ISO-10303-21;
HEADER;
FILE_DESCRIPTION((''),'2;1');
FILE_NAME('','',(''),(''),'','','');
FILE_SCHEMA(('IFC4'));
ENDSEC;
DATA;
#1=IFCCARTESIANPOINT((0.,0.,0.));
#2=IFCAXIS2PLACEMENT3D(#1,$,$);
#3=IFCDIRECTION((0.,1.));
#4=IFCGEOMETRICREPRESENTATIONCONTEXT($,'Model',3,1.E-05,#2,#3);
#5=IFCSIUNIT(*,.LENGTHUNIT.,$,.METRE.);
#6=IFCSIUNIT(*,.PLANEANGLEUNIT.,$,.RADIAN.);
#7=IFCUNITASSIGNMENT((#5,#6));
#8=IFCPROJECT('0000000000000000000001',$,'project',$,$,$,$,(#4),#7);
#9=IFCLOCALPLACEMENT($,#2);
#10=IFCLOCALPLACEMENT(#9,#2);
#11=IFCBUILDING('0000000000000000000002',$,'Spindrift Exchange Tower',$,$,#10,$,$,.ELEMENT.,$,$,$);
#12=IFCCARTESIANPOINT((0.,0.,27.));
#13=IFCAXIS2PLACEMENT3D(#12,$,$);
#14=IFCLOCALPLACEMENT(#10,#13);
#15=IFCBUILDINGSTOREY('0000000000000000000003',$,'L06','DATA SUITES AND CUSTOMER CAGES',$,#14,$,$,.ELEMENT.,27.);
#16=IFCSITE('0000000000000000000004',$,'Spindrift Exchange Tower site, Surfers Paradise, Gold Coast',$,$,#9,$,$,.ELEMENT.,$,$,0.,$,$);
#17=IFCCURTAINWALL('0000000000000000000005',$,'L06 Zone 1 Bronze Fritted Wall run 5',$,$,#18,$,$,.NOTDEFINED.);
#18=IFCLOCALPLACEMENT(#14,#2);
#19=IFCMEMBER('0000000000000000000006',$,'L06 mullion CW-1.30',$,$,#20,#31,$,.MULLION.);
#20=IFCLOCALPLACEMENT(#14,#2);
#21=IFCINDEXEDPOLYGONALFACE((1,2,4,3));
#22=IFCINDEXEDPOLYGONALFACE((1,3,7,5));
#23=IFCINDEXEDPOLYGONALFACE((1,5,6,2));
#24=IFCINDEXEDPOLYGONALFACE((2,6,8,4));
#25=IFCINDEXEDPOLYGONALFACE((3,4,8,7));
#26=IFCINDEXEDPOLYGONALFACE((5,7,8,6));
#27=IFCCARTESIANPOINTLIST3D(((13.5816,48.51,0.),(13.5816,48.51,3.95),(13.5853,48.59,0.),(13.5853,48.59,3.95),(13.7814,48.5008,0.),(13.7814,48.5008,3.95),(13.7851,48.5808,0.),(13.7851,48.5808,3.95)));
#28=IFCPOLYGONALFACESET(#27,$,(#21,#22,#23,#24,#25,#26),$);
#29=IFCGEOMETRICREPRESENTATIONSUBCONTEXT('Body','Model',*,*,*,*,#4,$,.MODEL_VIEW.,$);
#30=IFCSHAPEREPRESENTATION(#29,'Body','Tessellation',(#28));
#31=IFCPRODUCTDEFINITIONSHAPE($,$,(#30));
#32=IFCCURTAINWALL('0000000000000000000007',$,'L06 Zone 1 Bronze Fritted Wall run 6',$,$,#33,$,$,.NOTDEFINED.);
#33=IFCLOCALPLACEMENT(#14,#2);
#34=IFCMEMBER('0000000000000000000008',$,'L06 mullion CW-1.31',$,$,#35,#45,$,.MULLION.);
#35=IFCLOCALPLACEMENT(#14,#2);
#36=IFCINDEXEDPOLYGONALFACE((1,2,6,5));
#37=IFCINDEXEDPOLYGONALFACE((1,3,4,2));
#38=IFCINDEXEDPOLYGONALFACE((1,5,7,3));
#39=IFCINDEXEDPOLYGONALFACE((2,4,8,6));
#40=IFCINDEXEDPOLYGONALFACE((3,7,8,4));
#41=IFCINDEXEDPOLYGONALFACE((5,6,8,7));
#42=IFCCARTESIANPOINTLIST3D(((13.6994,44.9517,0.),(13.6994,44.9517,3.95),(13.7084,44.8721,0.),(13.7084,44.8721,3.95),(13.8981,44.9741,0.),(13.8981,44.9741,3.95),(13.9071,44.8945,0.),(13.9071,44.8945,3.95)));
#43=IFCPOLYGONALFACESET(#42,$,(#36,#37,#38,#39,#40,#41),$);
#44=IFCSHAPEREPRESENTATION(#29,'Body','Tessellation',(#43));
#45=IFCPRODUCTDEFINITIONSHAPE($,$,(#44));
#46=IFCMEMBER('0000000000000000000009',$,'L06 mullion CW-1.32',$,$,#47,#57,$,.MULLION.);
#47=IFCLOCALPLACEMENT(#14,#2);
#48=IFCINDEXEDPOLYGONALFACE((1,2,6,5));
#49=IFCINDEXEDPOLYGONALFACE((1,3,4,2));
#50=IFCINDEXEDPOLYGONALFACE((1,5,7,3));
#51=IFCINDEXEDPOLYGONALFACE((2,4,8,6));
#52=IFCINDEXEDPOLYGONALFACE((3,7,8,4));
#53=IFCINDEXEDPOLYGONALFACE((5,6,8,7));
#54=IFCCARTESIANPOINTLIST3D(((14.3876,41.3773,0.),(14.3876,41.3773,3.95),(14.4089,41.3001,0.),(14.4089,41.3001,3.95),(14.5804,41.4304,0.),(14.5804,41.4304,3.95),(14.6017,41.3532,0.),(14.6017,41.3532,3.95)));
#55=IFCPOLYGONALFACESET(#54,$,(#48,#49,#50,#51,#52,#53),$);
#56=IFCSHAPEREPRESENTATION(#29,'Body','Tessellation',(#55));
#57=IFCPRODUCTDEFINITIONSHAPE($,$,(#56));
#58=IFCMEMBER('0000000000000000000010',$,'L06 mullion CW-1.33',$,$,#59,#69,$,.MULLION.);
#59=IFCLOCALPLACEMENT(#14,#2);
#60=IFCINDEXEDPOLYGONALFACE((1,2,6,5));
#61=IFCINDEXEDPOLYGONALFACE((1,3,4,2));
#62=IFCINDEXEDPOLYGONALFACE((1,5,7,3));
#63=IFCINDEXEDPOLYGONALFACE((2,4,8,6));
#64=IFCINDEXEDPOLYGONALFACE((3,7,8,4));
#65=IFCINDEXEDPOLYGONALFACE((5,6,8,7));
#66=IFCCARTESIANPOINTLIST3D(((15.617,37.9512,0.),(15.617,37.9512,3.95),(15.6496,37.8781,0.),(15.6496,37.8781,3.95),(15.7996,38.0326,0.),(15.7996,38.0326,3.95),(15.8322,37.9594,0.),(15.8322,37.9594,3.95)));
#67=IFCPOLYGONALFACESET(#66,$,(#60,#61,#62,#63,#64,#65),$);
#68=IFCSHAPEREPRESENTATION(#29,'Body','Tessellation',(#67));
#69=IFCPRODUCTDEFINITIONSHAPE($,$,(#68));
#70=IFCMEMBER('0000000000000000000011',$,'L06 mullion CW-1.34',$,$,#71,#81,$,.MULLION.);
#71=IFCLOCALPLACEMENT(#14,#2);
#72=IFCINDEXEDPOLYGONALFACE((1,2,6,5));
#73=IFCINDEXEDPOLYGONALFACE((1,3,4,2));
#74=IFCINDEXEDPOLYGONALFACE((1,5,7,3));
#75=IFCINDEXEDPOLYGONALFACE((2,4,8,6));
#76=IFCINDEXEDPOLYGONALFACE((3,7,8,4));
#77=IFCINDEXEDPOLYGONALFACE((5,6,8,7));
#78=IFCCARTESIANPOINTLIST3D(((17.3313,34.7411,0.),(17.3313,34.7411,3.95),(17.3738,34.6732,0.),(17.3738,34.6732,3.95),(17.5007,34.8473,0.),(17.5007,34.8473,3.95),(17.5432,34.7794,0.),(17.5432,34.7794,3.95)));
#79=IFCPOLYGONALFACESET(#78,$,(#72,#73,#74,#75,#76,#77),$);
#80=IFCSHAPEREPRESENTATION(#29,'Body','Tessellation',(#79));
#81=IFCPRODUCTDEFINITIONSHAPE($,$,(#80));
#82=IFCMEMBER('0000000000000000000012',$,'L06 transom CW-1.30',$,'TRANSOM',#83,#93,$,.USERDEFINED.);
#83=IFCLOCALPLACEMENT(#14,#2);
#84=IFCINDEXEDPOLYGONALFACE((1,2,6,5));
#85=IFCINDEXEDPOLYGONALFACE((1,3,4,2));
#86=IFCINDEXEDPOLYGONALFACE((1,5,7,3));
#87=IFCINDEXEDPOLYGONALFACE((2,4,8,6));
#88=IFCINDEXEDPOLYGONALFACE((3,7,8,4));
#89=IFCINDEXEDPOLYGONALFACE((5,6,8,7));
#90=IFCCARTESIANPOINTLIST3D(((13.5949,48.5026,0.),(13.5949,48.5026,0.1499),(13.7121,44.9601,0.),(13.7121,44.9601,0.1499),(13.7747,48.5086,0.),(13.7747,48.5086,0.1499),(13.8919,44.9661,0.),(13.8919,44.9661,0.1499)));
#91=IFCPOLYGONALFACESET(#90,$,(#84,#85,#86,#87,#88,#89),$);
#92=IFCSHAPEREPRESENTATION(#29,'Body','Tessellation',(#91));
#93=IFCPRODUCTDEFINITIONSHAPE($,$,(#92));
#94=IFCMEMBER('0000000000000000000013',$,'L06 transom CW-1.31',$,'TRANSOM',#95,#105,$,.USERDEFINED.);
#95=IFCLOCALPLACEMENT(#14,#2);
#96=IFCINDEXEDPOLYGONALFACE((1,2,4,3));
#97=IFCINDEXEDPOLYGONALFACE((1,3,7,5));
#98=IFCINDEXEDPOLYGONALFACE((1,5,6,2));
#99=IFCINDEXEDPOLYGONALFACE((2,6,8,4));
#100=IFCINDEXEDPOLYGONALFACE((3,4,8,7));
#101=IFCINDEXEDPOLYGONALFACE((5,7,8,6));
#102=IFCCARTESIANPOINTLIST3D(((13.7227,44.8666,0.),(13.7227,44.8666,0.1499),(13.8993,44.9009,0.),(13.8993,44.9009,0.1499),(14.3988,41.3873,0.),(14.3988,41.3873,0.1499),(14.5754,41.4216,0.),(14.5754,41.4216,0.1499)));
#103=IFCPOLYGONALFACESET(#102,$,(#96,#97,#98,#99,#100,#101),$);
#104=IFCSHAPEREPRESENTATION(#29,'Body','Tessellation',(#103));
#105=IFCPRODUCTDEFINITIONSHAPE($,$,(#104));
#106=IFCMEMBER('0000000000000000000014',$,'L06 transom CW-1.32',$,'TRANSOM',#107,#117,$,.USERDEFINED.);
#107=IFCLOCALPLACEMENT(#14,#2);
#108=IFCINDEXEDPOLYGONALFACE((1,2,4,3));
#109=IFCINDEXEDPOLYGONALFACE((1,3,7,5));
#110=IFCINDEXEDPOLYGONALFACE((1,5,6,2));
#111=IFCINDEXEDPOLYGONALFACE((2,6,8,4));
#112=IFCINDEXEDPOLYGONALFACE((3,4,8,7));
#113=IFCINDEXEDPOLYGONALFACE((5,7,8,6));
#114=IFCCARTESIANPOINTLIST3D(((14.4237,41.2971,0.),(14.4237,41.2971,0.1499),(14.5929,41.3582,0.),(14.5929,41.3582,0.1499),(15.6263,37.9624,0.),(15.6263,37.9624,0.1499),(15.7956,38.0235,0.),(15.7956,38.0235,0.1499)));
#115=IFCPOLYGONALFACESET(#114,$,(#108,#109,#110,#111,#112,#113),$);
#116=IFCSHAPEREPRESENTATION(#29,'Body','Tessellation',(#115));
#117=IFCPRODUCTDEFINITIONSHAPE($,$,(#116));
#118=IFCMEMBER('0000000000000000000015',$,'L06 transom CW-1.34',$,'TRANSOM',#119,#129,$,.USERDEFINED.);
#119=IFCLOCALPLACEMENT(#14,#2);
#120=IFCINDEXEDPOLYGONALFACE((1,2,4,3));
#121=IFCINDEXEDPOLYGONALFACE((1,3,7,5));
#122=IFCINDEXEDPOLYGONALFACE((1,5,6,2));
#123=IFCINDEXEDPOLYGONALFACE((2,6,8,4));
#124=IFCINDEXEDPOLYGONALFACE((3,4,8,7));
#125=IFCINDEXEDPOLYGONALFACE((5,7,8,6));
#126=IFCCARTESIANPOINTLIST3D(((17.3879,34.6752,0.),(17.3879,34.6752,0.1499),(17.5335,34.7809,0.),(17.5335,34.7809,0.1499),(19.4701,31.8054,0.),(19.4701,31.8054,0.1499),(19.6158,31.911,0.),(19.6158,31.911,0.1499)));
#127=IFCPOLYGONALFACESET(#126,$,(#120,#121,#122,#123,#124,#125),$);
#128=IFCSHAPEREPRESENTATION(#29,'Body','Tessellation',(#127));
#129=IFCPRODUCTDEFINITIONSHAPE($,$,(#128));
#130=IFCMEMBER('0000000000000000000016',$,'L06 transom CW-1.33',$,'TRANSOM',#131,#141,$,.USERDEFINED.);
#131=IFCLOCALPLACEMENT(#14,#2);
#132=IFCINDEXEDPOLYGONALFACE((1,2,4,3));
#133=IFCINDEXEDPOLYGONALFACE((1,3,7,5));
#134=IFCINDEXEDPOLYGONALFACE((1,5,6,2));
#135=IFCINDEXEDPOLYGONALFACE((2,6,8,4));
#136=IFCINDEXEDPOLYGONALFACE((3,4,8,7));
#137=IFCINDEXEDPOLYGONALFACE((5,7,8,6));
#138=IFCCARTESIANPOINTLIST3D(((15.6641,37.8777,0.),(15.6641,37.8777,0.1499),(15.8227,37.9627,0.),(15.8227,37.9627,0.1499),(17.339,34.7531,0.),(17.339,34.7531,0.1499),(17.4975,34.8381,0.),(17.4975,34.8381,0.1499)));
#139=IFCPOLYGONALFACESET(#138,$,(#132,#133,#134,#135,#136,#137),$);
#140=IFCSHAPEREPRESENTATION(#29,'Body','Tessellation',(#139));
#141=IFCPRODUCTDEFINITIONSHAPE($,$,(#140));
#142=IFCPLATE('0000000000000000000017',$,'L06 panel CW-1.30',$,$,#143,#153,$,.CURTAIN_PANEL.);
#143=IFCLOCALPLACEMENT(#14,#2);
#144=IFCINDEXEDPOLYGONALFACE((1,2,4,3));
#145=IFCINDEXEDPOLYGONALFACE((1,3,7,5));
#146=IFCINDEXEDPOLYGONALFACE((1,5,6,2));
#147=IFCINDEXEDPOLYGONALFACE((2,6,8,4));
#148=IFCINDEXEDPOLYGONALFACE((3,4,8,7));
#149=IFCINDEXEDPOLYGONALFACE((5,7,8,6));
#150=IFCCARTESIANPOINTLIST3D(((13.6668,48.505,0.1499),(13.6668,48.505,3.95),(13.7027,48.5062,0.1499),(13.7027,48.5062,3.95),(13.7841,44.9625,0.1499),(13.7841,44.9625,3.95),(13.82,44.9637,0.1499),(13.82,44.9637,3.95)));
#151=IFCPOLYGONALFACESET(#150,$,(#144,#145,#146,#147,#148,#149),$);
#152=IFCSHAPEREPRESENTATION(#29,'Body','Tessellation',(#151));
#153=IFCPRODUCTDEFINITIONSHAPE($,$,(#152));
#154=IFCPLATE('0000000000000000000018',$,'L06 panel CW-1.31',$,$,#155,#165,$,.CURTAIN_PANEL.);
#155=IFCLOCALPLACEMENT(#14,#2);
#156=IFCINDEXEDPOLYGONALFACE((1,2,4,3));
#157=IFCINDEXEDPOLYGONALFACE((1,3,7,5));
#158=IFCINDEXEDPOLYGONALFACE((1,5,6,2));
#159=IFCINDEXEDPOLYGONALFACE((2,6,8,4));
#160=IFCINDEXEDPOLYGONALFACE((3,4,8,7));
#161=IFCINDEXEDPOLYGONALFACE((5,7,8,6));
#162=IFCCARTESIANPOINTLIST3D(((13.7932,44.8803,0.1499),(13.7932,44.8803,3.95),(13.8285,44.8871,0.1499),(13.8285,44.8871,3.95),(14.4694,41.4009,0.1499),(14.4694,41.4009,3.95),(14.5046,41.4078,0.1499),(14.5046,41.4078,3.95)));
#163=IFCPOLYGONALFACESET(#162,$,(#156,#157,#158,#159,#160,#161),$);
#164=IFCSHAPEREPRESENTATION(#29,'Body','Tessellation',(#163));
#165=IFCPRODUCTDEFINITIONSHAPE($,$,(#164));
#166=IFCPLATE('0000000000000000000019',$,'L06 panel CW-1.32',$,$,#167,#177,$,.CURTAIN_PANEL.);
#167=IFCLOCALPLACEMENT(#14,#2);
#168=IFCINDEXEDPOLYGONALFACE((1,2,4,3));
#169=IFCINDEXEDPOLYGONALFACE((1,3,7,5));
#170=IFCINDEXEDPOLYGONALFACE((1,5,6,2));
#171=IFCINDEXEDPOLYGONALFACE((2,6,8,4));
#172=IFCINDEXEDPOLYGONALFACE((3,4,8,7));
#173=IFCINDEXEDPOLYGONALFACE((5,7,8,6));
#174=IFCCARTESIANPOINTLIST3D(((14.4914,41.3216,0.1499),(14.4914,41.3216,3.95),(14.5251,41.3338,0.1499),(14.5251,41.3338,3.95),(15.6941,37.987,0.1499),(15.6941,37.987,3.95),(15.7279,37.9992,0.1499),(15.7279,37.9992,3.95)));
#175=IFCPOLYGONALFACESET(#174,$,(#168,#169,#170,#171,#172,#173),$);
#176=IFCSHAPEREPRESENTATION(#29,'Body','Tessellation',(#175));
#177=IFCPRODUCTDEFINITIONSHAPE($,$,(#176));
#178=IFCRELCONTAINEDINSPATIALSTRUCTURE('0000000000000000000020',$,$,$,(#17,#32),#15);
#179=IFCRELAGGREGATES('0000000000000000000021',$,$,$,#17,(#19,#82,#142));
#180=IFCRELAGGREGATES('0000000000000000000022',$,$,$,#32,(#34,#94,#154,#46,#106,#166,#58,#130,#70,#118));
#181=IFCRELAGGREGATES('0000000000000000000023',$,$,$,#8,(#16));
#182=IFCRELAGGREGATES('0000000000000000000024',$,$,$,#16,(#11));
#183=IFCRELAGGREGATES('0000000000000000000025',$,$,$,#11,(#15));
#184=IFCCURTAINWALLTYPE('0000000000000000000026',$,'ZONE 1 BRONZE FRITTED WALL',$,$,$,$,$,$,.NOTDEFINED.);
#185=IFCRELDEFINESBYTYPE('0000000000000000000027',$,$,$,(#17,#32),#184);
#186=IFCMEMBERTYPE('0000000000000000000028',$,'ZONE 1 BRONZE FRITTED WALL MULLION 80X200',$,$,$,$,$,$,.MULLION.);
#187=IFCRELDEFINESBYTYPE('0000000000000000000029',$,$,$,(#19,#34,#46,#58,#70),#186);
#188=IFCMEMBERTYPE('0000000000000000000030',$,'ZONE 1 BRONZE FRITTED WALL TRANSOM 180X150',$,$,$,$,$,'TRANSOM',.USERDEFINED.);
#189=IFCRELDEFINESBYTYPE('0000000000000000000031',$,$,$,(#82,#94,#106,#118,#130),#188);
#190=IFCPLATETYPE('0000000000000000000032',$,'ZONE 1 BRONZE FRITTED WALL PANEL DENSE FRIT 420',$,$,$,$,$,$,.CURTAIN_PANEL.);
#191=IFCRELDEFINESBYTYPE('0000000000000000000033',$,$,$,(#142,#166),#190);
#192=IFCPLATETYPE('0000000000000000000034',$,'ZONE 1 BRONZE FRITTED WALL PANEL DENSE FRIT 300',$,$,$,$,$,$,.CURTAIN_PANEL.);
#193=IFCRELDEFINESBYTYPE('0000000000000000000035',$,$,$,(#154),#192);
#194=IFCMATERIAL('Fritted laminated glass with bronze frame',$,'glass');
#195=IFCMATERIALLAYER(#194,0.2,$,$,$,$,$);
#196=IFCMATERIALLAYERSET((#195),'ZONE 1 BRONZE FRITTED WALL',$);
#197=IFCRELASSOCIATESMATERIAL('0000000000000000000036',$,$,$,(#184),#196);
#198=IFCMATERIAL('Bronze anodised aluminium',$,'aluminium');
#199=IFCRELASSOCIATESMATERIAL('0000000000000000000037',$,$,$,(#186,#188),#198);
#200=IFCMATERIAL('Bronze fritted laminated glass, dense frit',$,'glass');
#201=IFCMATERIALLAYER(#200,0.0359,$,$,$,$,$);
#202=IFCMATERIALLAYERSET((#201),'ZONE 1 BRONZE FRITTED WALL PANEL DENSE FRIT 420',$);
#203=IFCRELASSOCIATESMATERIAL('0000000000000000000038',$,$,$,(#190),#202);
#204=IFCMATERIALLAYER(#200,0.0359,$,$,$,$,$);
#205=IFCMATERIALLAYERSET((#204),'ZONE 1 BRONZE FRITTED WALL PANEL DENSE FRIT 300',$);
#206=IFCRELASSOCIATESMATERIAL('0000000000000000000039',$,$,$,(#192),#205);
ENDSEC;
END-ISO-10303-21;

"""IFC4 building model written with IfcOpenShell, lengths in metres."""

from ifc_helpers import new_model, si_unit, direction, frame, origin, origin_2d, place, context, subcontext, project, spatial, rectangle, extrude, source, transform, mapped, material, layer, layer_set, material_profile, profile_set, type_object, element, aggregate, save


model = new_model("IFC4")

# Units and contexts
model_context = context("Model", 3, precision=1e-05, world=origin(), true_north=direction((0.0, 1.0)))
body_context = subcontext(model_context, "Body", "Model", "MODEL_VIEW")
ifc_project = project(units=[si_unit("LENGTHUNIT", "METRE"), si_unit("PLANEANGLEUNIT", "RADIAN")], contexts=[model_context])

# Site, building, storey
site_placement = place(None, origin())
site = spatial("IfcSite", under=ifc_project, at=site_placement, Name="Spindrift Exchange Tower site, Surfers Paradise, Gold Coast", CompositionType="ELEMENT", RefElevation=0.0)
building_placement = place(site_placement, origin())
building = spatial("IfcBuilding", under=site, at=building_placement, Name="Spindrift Exchange Tower", CompositionType="ELEMENT")
storey_placement = place(building_placement, frame((0.0, 0.0, 27.0)))
storey = spatial("IfcBuildingStorey", under=building, at=storey_placement, Name="L06", Description="DATA SUITES AND CUSTOMER CAGES", CompositionType="ELEMENT", Elevation=27.0)

# Curtain wall, member
ifc_material_1 = material(Name="Fritted laminated glass with bronze frame", Category="glass")
ifc_layer_1 = layer(ifc_material_1, 0.2)
ifc_layer_set_1 = layer_set([ifc_layer_1], Name="ZONE 1 BRONZE FRITTED WALL")
curtain_wall_type = type_object("IfcCurtainWallType", Name="ZONE 1 BRONZE FRITTED WALL", PredefinedType="NOTDEFINED", material=ifc_layer_set_1)
curtain_wall_1_placement = place(storey_placement, origin())
curtain_wall_1 = element("IfcCurtainWall", 1, at=curtain_wall_1_placement, inside=storey, type_object=curtain_wall_type, Name="L06 Zone 1 Bronze Fritted Wall run 5", PredefinedType="NOTDEFINED")
ifc_material_2 = material(Name="Bronze anodised aluminium", Category="aluminium")
ifc_material_profile_1 = material_profile(ifc_material_2, rectangle(XDim=0.0801, YDim=0.2, at=origin_2d()), Name="ZONE 1 BRONZE FRITTED WALL MULLION 80X200")
ifc_profile_set_1 = profile_set([ifc_material_profile_1], Name="Bronze anodised aluminium")
member_type_1 = type_object("IfcMemberType", Name="ZONE 1 BRONZE FRITTED WALL MULLION 80X200", PredefinedType="MULLION", material=ifc_profile_set_1)
shared_shape_1 = source(origin(), body_context, "Body", "SweptSolid", [
    extrude(rectangle(XDim=0.0801, YDim=0.2, at=origin_2d()), origin(), (0.0, 0.0, 1.0), 3.95),
])
member_1_placement = place(storey_placement, frame((13.6833, 48.5454, 0.0), z_axis=(0.0, 0.0, 1.0), x_axis=(-0.046346, -0.998925, 0.0)))
member_1 = element("IfcMember", 2, at=member_1_placement, type_object=member_type_1, Name="L06 mullion CW-1.30", PredefinedType="MULLION", context=body_context, shape_type="MappedRepresentation", body=[
    mapped(shared_shape_1, transform((0.0, 0.0, 0.0), scale=1.0)),
])

# Curtain wall, members
curtain_wall_2_placement = place(storey_placement, origin())
curtain_wall_2 = element("IfcCurtainWall", 3, at=curtain_wall_2_placement, inside=storey, type_object=curtain_wall_type, Name="L06 Zone 1 Bronze Fritted Wall run 6", PredefinedType="NOTDEFINED")
member_2_placement = place(storey_placement, frame((13.8032, 44.9231, 0.0), z_axis=(0.0, 0.0, 1.0), x_axis=(0.112274, -0.993677, 0.0)))
member_2 = element("IfcMember", 4, at=member_2_placement, type_object=member_type_1, Name="L06 mullion CW-1.31", PredefinedType="MULLION", context=body_context, shape_type="MappedRepresentation", body=[
    mapped(shared_shape_1, transform((0.0, 0.0, 0.0), scale=1.0)),
])
member_3_placement = place(storey_placement, frame((14.4946, 41.3652, 0.0), z_axis=(0.0, 0.0, 1.0), x_axis=(0.265807, -0.964026, 0.0)))
member_3 = element("IfcMember", 5, at=member_3_placement, type_object=member_type_1, Name="L06 mullion CW-1.32", PredefinedType="MULLION", context=body_context, shape_type="MappedRepresentation", body=[
    mapped(shared_shape_1, transform((0.0, 0.0, 0.0), scale=1.0)),
])
member_4_placement = place(storey_placement, frame((15.7246, 37.9553, 0.0), z_axis=(0.0, 0.0, 1.0), x_axis=(0.406942, -0.913454, 0.0)))
member_4 = element("IfcMember", 6, at=member_4_placement, type_object=member_type_1, Name="L06 mullion CW-1.33", PredefinedType="MULLION", context=body_context, shape_type="MappedRepresentation", body=[
    mapped(shared_shape_1, transform((0.0, 0.0, 0.0), scale=1.0)),
])
member_5_placement = place(storey_placement, frame((17.4373, 34.7603, 0.0), z_axis=(0.0, 0.0, 1.0), x_axis=(0.531082, -0.847321, 0.0)))
member_5 = element("IfcMember", 7, at=member_5_placement, type_object=member_type_1, Name="L06 mullion CW-1.34", PredefinedType="MULLION", context=body_context, shape_type="MappedRepresentation", body=[
    mapped(shared_shape_1, transform((0.0, 0.0, 0.0), scale=1.0)),
])

# Members
ifc_material_profile_2 = material_profile(ifc_material_2, rectangle(XDim=0.1799, YDim=0.1499, at=origin_2d()), Name="ZONE 1 BRONZE FRITTED WALL TRANSOM 180X150")
ifc_profile_set_2 = profile_set([ifc_material_profile_2], Name="Bronze anodised aluminium")
member_type_2 = type_object("IfcMemberType", Name="ZONE 1 BRONZE FRITTED WALL TRANSOM 180X150", ElementType="TRANSOM", PredefinedType="USERDEFINED", material=ifc_profile_set_2)
shared_shape_2 = source(origin(), body_context, "Body", "SweptSolid", [
    extrude(rectangle(XDim=0.1799, YDim=0.1499, at=origin_2d()), origin(), (0.0, 0.0, 1.0), 3.5444),
])
member_6_placement = place(storey_placement, frame((13.6848, 48.5056, 0.075), z_axis=(0.033063, -0.999453, 0.0), x_axis=(0.999453, 0.033063, 0.0)))
member_6 = element("IfcMember", 8, at=member_6_placement, type_object=member_type_2, Name="L06 transom CW-1.30", ObjectType="TRANSOM", PredefinedType="USERDEFINED", context=body_context, shape_type="MappedRepresentation", body=[
    mapped(shared_shape_2, transform((0.0, 0.0, 0.0), scale=1.0)),
])
member_7_placement = place(storey_placement, frame((13.811, 44.8838, 0.075), z_axis=(0.190735, -0.981642, 0.0), x_axis=(0.981642, 0.190735, 0.0)))
member_7 = element("IfcMember", 9, at=member_7_placement, type_object=member_type_2, Name="L06 transom CW-1.31", ObjectType="TRANSOM", PredefinedType="USERDEFINED", context=body_context, shape_type="MappedRepresentation", body=[
    mapped(shared_shape_2, transform((0.0, 0.0, 0.0), scale=1.0)),
])
shared_shape_3 = source(origin(), body_context, "Body", "SweptSolid", [
    extrude(rectangle(XDim=0.1799, YDim=0.1499, at=origin_2d()), origin(), (0.0, 0.0, 1.0), 3.5449),
])
member_8_placement = place(storey_placement, frame((14.5083, 41.3276, 0.075), z_axis=(0.339253, -0.940695, 0.0), x_axis=(0.940695, 0.339253, 0.0)))
member_8 = element("IfcMember", 10, at=member_8_placement, type_object=member_type_2, Name="L06 transom CW-1.32", ObjectType="TRANSOM", PredefinedType="USERDEFINED", context=body_context, shape_type="MappedRepresentation", body=[
    mapped(shared_shape_3, transform((0.0, 0.0, 0.0), scale=1.0)),
])
shared_shape_4 = source(origin(), body_context, "Body", "SweptSolid", [
    extrude(rectangle(XDim=0.1799, YDim=0.1499, at=origin_2d()), origin(), (0.0, 0.0, 1.0), 3.5457),
])
member_9_placement = place(storey_placement, frame((17.4607, 34.728, 0.075), z_axis=(0.587267, -0.809394, 0.0), x_axis=(0.809394, 0.587267, 0.0)))
member_9 = element("IfcMember", 11, at=member_9_placement, type_object=member_type_2, Name="L06 transom CW-1.34", ObjectType="TRANSOM", PredefinedType="USERDEFINED", context=body_context, shape_type="MappedRepresentation", body=[
    mapped(shared_shape_4, transform((0.0, 0.0, 0.0), scale=1.0)),
])
shared_shape_5 = source(origin(), body_context, "Body", "SweptSolid", [
    extrude(rectangle(XDim=0.1799, YDim=0.1499, at=origin_2d()), origin(), (0.0, 0.0, 1.0), 3.5452),
])
member_10_placement = place(storey_placement, frame((15.7434, 37.9202, 0.075), z_axis=(0.472432, -0.881367, 0.0), x_axis=(0.881367, 0.472432, 0.0)))
member_10 = element("IfcMember", 12, at=member_10_placement, type_object=member_type_2, Name="L06 transom CW-1.33", ObjectType="TRANSOM", PredefinedType="USERDEFINED", context=body_context, shape_type="MappedRepresentation", body=[
    mapped(shared_shape_5, transform((0.0, 0.0, 0.0), scale=1.0)),
])

# Plates
ifc_material_3 = material(Name="Bronze fritted laminated glass, dense frit", Category="glass")
ifc_layer_2 = layer(ifc_material_3, 0.0359)
ifc_layer_set_2 = layer_set([ifc_layer_2], Name="ZONE 1 BRONZE FRITTED WALL PANEL DENSE FRIT 420")
plate_type_1 = type_object("IfcPlateType", Name="ZONE 1 BRONZE FRITTED WALL PANEL DENSE FRIT 420", PredefinedType="CURTAIN_PANEL", material=ifc_layer_set_2)
shared_shape_6 = source(origin(), body_context, "Body", "SweptSolid", [
    extrude(rectangle(XDim=3.5444, YDim=0.0359, at=origin_2d()), origin(), (0.0, 0.0, 1.0), 3.8),
])
plate_1_placement = place(storey_placement, frame((13.7434, 46.7344, 0.1499), z_axis=(0.0, 0.0, 1.0), x_axis=(0.033082, -0.999453, 0.0)))
plate_1 = element("IfcPlate", 13, at=plate_1_placement, type_object=plate_type_1, Name="L06 panel CW-1.30", PredefinedType="CURTAIN_PANEL", context=body_context, shape_type="MappedRepresentation", body=[
    mapped(shared_shape_6, transform((0.0, 0.0, 0.0), scale=1.0)),
])
aggregate(curtain_wall_1, [member_1, member_6, plate_1])
ifc_layer_3 = layer(ifc_material_3, 0.0359)
ifc_layer_set_3 = layer_set([ifc_layer_3], Name="ZONE 1 BRONZE FRITTED WALL PANEL DENSE FRIT 300")
plate_type_2 = type_object("IfcPlateType", Name="ZONE 1 BRONZE FRITTED WALL PANEL DENSE FRIT 300", PredefinedType="CURTAIN_PANEL", material=ifc_layer_set_3)
shared_shape_7 = source(origin(), body_context, "Body", "SweptSolid", [
    extrude(rectangle(XDim=3.5444, YDim=0.0359, at=origin_2d()), origin(), (0.0, 0.0, 1.0), 3.8),
])
plate_2_placement = place(storey_placement, frame((14.1489, 43.144, 0.1499), z_axis=(0.0, 0.0, 1.0), x_axis=(0.190759, -0.981637, 0.0)))
plate_2 = element("IfcPlate", 14, at=plate_2_placement, type_object=plate_type_2, Name="L06 panel CW-1.31", PredefinedType="CURTAIN_PANEL", context=body_context, shape_type="MappedRepresentation", body=[
    mapped(shared_shape_7, transform((0.0, 0.0, 0.0), scale=1.0)),
])
shared_shape_8 = source(origin(), body_context, "Body", "SweptSolid", [
    extrude(rectangle(XDim=3.5449, YDim=0.0359, at=origin_2d()), origin(), (0.0, 0.0, 1.0), 3.8),
])
plate_3_placement = place(storey_placement, frame((15.1096, 39.6604, 0.1499), z_axis=(0.0, 0.0, 1.0), x_axis=(0.339275, -0.940687, 0.0)))
plate_3 = element("IfcPlate", 15, at=plate_3_placement, type_object=plate_type_1, Name="L06 panel CW-1.32", PredefinedType="CURTAIN_PANEL", context=body_context, shape_type="MappedRepresentation", body=[
    mapped(shared_shape_8, transform((0.0, 0.0, 0.0), scale=1.0)),
])
aggregate(curtain_wall_2, [member_2, member_7, plate_2, member_3, member_8, plate_3, member_4, member_10, member_5, member_9])

save(model, "model.ifc")
